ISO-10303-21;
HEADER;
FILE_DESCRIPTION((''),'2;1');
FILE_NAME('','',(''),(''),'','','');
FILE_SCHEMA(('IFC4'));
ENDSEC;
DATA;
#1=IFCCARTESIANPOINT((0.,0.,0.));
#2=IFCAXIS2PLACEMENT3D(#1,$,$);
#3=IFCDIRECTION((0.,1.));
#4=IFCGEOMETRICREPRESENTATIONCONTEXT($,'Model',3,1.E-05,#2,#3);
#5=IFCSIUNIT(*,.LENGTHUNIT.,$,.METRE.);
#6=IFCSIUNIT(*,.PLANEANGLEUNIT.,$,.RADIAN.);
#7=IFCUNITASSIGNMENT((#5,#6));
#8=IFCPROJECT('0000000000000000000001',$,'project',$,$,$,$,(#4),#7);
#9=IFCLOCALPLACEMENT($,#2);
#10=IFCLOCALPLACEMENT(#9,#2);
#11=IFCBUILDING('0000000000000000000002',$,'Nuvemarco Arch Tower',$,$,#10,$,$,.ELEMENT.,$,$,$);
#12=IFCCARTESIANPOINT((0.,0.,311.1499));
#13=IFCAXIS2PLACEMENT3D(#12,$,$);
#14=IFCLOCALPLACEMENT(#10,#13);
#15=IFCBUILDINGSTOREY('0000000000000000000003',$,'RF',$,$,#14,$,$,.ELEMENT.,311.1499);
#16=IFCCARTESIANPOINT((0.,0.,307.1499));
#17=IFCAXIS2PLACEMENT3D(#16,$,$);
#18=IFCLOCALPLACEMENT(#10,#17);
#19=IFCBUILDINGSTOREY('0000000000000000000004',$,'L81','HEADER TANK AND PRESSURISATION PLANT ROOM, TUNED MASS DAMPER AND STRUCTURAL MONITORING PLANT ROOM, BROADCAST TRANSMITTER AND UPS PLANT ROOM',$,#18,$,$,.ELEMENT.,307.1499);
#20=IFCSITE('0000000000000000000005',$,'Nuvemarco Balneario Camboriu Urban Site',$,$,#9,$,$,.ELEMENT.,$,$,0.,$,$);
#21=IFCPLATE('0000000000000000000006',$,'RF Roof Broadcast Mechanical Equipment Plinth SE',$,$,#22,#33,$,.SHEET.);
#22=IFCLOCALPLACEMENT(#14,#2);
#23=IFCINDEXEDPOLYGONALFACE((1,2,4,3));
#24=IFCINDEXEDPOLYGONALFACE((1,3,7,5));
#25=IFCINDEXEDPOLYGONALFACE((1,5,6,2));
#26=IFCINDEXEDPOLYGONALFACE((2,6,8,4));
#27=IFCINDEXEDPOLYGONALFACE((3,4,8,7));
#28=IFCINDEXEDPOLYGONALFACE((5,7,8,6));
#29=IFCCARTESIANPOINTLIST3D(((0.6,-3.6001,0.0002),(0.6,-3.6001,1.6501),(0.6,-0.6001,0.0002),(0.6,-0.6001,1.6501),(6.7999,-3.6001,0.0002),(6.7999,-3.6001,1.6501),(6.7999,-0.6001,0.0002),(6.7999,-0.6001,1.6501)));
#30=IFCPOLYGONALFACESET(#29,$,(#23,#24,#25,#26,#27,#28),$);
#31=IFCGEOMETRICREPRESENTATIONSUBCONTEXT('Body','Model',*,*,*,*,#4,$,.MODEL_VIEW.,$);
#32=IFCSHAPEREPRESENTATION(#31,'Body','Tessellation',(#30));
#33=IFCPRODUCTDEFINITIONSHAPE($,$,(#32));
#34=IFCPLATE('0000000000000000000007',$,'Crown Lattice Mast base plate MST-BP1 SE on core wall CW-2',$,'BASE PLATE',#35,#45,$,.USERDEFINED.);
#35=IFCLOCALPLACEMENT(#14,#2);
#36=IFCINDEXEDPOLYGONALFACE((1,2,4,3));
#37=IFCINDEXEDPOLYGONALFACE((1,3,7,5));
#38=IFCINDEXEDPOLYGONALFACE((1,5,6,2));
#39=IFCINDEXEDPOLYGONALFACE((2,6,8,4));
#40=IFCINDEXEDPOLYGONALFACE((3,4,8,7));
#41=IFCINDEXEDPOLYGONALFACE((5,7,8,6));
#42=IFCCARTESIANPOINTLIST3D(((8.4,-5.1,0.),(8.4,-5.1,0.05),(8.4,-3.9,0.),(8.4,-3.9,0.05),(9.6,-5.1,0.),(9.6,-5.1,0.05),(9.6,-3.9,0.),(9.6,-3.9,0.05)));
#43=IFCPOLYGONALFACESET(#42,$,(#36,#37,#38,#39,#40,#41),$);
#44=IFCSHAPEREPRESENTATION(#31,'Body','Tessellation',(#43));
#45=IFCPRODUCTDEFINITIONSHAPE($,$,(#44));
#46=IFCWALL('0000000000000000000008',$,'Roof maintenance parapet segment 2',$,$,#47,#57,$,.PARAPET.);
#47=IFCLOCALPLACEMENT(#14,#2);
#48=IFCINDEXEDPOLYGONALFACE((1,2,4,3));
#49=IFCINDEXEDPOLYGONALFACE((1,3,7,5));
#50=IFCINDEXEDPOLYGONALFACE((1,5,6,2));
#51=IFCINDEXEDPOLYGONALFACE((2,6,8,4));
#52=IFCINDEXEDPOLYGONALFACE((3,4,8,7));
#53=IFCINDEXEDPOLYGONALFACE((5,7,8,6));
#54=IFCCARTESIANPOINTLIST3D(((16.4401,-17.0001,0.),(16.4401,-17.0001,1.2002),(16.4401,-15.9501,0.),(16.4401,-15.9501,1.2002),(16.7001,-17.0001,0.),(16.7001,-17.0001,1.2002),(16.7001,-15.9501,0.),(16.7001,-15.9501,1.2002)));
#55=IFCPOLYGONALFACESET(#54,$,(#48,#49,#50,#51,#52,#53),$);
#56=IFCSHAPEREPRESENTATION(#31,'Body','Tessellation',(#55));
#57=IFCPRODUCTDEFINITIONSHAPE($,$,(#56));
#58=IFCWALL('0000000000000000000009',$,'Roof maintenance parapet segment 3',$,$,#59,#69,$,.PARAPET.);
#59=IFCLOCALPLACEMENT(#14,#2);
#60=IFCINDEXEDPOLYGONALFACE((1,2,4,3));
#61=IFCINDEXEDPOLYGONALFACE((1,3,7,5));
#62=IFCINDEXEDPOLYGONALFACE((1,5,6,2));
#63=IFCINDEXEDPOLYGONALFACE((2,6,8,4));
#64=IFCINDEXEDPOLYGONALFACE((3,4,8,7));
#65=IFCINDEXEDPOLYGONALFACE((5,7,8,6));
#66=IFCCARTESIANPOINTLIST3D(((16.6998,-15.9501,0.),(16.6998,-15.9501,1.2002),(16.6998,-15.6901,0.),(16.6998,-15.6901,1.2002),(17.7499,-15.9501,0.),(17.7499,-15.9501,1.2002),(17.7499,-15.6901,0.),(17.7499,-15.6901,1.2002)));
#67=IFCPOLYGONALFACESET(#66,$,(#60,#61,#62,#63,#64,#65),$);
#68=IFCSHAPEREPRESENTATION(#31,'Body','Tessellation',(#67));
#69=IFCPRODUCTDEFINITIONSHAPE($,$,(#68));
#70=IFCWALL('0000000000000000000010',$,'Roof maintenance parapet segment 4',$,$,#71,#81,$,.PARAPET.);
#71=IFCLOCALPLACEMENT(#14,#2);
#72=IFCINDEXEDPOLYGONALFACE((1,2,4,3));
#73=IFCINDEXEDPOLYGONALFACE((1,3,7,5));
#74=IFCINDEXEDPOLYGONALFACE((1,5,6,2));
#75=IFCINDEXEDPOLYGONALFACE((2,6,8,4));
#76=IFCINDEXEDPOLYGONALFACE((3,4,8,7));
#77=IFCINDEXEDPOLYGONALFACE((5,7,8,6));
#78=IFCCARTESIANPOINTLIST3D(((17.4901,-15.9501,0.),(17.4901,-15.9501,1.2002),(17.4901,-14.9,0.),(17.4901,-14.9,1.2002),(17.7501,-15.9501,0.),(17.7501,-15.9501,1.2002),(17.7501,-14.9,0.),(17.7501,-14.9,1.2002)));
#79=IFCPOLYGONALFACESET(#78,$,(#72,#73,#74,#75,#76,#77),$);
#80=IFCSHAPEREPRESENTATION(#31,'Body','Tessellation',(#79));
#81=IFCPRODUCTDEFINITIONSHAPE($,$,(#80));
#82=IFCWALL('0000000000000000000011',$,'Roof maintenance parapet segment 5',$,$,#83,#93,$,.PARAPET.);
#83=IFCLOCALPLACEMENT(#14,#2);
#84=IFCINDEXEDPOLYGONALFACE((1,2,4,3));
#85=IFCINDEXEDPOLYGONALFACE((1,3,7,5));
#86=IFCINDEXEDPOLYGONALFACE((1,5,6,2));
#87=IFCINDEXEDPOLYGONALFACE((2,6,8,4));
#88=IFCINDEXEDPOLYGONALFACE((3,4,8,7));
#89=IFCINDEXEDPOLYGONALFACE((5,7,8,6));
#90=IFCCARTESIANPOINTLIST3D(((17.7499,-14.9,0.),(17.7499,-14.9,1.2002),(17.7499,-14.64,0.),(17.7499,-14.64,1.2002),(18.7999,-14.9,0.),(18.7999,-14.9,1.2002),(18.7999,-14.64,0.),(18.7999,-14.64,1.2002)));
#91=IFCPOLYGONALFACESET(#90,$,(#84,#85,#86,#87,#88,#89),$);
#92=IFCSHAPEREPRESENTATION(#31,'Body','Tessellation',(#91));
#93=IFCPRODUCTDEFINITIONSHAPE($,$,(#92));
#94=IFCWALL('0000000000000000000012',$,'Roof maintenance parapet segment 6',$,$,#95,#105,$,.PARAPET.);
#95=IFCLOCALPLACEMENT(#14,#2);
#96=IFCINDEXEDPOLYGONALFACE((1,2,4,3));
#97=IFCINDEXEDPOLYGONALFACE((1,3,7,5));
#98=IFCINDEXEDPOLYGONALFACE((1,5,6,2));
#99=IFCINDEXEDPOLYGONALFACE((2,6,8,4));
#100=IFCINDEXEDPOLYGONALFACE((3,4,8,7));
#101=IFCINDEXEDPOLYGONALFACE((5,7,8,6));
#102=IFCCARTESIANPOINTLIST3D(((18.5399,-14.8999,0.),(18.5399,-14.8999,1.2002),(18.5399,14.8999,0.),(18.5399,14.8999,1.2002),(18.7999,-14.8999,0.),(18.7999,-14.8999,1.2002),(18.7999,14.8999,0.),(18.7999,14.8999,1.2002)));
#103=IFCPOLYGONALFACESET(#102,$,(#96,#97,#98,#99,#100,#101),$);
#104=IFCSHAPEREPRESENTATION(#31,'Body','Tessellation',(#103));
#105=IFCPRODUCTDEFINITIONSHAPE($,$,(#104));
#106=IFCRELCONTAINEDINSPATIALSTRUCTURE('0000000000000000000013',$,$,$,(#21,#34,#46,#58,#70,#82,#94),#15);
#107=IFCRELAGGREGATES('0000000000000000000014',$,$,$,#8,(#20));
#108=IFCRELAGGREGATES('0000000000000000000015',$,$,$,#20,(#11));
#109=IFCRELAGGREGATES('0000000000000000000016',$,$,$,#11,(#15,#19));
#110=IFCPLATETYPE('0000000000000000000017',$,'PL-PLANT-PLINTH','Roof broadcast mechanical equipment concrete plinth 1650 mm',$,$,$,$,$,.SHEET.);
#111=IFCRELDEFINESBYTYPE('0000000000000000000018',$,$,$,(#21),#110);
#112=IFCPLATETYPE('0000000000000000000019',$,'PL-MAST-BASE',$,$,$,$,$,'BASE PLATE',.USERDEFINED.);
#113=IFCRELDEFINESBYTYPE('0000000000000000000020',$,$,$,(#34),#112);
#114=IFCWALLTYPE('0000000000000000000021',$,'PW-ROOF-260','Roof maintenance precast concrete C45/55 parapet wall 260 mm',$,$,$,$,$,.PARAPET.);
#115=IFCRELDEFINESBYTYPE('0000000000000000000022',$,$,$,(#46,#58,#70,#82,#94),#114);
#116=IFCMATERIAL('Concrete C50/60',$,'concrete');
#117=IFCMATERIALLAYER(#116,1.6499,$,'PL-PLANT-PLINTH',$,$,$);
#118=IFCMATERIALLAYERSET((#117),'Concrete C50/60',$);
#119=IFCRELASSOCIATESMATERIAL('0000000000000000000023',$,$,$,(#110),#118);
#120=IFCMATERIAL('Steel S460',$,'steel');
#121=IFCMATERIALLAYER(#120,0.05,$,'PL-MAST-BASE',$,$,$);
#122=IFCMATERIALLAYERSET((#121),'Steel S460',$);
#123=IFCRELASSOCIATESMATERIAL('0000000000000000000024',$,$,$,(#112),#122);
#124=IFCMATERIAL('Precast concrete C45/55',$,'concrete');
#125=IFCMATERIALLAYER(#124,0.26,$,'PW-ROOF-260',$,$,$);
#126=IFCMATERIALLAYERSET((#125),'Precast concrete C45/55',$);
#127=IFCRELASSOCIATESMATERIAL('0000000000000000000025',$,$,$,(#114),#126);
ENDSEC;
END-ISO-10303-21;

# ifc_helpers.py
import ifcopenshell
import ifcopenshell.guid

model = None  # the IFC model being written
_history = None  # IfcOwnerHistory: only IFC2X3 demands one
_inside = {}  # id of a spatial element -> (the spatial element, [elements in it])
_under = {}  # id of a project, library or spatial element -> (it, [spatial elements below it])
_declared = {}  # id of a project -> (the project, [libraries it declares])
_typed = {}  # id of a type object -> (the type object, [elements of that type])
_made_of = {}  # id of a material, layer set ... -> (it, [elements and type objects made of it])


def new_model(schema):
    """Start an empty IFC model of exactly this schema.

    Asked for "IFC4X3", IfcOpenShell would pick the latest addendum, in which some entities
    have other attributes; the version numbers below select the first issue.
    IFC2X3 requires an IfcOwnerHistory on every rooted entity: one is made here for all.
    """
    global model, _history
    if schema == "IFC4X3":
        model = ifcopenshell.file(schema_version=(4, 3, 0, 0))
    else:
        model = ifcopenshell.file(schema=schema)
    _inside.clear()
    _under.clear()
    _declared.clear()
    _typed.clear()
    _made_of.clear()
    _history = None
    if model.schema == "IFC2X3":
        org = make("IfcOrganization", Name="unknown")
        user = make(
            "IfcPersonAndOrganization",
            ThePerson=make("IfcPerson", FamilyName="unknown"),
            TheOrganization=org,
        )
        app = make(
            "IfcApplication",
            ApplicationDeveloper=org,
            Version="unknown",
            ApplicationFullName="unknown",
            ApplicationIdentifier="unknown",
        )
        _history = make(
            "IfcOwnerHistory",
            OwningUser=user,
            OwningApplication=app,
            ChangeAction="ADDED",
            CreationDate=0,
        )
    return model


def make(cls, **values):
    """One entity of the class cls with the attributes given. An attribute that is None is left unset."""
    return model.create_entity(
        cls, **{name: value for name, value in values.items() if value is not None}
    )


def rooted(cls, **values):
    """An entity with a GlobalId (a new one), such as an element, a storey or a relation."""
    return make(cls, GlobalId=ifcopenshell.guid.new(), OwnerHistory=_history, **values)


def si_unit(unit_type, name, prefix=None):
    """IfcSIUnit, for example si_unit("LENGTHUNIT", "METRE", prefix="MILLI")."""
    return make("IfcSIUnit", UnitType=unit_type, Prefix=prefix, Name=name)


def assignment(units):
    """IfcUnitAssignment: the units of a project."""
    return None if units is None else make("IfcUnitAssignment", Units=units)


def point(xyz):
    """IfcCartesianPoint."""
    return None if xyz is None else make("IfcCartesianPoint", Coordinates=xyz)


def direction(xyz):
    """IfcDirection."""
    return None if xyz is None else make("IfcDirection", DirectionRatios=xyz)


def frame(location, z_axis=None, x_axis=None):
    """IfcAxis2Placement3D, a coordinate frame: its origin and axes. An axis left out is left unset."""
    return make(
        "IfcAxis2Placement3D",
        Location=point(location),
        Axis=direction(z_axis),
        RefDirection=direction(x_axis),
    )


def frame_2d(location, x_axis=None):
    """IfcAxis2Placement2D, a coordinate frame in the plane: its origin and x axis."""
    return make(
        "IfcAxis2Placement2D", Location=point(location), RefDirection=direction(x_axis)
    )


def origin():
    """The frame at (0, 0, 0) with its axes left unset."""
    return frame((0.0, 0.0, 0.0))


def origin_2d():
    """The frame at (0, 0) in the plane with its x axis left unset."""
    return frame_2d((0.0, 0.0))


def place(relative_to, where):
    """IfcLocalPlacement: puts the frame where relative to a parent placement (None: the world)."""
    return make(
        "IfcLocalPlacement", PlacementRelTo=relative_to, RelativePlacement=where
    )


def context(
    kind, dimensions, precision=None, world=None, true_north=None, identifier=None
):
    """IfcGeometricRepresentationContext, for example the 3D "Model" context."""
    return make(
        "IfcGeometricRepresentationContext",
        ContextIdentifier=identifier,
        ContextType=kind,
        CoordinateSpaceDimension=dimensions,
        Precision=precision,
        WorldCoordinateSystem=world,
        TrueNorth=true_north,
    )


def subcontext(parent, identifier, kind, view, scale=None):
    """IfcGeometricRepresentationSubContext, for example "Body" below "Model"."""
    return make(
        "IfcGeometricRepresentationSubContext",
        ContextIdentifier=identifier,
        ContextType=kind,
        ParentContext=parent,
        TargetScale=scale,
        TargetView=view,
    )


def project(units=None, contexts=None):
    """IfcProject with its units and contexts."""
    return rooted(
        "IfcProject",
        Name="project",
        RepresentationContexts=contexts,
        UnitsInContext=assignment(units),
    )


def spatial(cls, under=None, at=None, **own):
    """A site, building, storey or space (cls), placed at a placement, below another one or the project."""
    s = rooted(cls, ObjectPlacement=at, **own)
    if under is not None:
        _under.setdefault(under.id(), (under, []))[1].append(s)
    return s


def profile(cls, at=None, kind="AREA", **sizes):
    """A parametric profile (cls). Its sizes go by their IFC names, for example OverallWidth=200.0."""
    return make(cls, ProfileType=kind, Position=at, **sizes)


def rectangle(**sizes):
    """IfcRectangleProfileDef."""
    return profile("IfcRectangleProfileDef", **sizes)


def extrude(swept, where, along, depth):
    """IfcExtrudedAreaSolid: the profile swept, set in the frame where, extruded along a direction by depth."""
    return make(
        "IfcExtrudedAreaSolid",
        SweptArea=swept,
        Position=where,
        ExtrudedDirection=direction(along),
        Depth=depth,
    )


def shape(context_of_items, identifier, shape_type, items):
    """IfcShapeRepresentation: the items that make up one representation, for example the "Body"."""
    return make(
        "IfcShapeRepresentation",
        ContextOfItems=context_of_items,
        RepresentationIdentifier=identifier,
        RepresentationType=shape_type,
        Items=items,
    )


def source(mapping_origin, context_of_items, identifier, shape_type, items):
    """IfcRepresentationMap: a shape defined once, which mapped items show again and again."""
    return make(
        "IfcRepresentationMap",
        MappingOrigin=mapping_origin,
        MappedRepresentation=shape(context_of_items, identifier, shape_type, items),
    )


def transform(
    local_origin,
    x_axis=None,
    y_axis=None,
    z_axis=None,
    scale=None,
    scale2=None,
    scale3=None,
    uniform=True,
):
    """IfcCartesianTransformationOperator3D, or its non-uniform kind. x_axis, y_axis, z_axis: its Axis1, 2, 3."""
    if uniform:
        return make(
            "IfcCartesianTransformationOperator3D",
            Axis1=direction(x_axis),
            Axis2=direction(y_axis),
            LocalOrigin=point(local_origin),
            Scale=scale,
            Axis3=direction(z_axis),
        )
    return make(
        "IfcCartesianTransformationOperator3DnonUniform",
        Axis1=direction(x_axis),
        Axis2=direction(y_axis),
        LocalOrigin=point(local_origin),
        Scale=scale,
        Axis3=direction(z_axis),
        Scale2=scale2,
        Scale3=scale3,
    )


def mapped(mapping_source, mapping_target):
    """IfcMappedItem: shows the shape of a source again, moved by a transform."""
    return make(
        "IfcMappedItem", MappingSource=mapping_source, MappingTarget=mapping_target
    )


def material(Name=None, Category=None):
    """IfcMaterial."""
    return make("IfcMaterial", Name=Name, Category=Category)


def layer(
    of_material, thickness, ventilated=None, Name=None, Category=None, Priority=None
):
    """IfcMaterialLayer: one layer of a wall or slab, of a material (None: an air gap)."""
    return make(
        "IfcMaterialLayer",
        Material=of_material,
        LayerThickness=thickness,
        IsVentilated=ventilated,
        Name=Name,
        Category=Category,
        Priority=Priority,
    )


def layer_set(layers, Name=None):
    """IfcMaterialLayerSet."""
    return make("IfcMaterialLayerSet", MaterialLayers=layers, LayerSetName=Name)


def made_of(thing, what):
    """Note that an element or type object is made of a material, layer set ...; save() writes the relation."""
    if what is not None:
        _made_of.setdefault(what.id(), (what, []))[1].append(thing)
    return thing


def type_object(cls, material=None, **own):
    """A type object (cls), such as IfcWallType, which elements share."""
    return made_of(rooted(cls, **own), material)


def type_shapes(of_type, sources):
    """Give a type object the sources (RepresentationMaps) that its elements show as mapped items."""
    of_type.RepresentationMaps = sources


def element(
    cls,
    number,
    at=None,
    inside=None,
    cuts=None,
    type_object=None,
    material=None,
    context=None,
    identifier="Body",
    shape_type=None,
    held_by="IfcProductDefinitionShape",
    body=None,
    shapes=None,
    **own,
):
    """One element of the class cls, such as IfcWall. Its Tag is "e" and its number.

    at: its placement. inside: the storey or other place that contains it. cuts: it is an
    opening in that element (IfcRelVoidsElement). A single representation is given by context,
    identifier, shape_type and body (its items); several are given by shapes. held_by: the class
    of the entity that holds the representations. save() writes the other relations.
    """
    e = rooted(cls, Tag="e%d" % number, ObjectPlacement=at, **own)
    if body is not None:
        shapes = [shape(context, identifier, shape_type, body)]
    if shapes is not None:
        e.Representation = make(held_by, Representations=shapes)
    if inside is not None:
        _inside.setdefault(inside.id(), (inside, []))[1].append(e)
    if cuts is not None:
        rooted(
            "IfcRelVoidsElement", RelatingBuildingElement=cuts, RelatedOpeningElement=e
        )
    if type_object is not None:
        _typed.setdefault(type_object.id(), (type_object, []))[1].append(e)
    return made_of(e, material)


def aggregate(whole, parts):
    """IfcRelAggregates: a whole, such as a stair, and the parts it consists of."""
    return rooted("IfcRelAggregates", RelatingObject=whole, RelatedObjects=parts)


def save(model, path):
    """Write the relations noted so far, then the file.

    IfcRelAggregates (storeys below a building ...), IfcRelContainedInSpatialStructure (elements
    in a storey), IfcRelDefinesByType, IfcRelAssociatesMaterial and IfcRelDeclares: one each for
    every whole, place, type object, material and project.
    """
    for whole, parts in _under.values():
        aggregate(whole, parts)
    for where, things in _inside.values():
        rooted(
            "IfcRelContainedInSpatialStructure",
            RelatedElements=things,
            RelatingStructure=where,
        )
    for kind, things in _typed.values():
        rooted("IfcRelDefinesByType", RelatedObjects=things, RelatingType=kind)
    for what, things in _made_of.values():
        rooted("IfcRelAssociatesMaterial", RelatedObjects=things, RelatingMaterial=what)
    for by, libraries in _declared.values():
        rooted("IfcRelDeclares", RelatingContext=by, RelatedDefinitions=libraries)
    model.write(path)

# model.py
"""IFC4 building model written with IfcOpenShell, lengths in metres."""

from ifc_helpers import new_model, si_unit, direction, frame, frame_2d, origin, origin_2d, place, context, subcontext, project, spatial, rectangle, extrude, source, transform, mapped, material, layer, layer_set, type_object, type_shapes, element, save


model = new_model("IFC4")

# Units and contexts
model_context = context("Model", 3, precision=1e-05, world=origin(), true_north=direction((0.0, 1.0)))
body_context = subcontext(model_context, "Body", "Model", "MODEL_VIEW")
ifc_project = project(units=[si_unit("LENGTHUNIT", "METRE"), si_unit("PLANEANGLEUNIT", "RADIAN")], contexts=[model_context])

# Site, building, storey
site_placement = place(None, origin())
site = spatial("IfcSite", under=ifc_project, at=site_placement, Name="Nuvemarco Balneario Camboriu Urban Site", CompositionType="ELEMENT", RefElevation=0.0)
building_placement = place(site_placement, origin())
building = spatial("IfcBuilding", under=site, at=building_placement, Name="Nuvemarco Arch Tower", CompositionType="ELEMENT")
storey_1_placement = place(building_placement, frame((0.0, 0.0, 311.1499)))
storey_1 = spatial("IfcBuildingStorey", under=building, at=storey_1_placement, Name="RF", CompositionType="ELEMENT", Elevation=311.1499)

# Shared definitions
ifc_material_1 = material(Name="Concrete C50/60", Category="concrete")

# Shared definitions
storey_2_placement = place(building_placement, frame((0.0, 0.0, 307.1499)))
storey_2 = spatial("IfcBuildingStorey", under=building, at=storey_2_placement, Name="L81", Description="HEADER TANK AND PRESSURISATION PLANT ROOM, TUNED MASS DAMPER AND STRUCTURAL MONITORING PLANT ROOM, BROADCAST TRANSMITTER AND UPS PLANT ROOM", CompositionType="ELEMENT", Elevation=307.1499)

# Plates
ifc_layer_1 = layer(ifc_material_1, 1.6499, Name="PL-PLANT-PLINTH")
ifc_layer_set_1 = layer_set([ifc_layer_1], Name="Concrete C50/60")
plate_type_1 = type_object("IfcPlateType", Name="PL-PLANT-PLINTH", Description="Roof broadcast mechanical equipment concrete plinth 1650 mm", PredefinedType="SHEET", material=ifc_layer_set_1)
shared_shape_1 = source(origin(), body_context, "Body", "SweptSolid", [
    extrude(rectangle(XDim=6.2, YDim=3.0, at=origin_2d()), origin(), (0.0, 0.0, 1.0), 1.6499),
])
type_shapes(plate_type_1, [shared_shape_1])
plate_1_placement = place(storey_1_placement, frame((3.7, -2.1001, 0.0002), z_axis=(0.0, 0.0, 1.0), x_axis=(1.0, 0.0, 0.0)))
element("IfcPlate", 1, at=plate_1_placement, inside=storey_1, type_object=plate_type_1, Name="RF Roof Broadcast Mechanical Equipment Plinth SE", PredefinedType="SHEET", context=body_context, shape_type="MappedRepresentation", body=[
    mapped(shared_shape_1, transform((0.0, 0.0, 0.0), scale=1.0)),
])
ifc_material_2 = material(Name="Steel S460", Category="steel")
ifc_layer_2 = layer(ifc_material_2, 0.05, Name="PL-MAST-BASE")
ifc_layer_set_2 = layer_set([ifc_layer_2], Name="Steel S460")
plate_type_2 = type_object("IfcPlateType", Name="PL-MAST-BASE", ElementType="BASE PLATE", PredefinedType="USERDEFINED", material=ifc_layer_set_2)
shared_shape_2 = source(origin(), body_context, "Body", "SweptSolid", [
    extrude(rectangle(XDim=1.2, YDim=1.2, at=origin_2d()), origin(), (0.0, 0.0, 1.0), 0.05),
])
type_shapes(plate_type_2, [shared_shape_2])
plate_2_placement = place(storey_1_placement, frame((9.0, -4.5, 0.0), z_axis=(0.0, 0.0, 1.0), x_axis=(1.0, 0.0, 0.0)))
element("IfcPlate", 2, at=plate_2_placement, inside=storey_1, type_object=plate_type_2, Name="Crown Lattice Mast base plate MST-BP1 SE on core wall CW-2", ObjectType="BASE PLATE", PredefinedType="USERDEFINED", context=body_context, shape_type="MappedRepresentation", body=[
    mapped(shared_shape_2, transform((0.0, 0.0, 0.0), scale=1.0)),
])

# Walls
ifc_material_3 = material(Name="Precast concrete C45/55", Category="concrete")
ifc_layer_3 = layer(ifc_material_3, 0.26, Name="PW-ROOF-260")
ifc_layer_set_3 = layer_set([ifc_layer_3], Name="Precast concrete C45/55")
wall_type = type_object("IfcWallType", Name="PW-ROOF-260", Description="Roof maintenance precast concrete C45/55 parapet wall 260 mm", PredefinedType="PARAPET", material=ifc_layer_set_3)
for number, where, z_axis, x_axis, name in (
    (3, (16.5701, -17.0, 0.0), (0.0, 0.0, 1.0), (0.0, 1.0, 0.0), "Roof maintenance parapet segment 2"),
    (4, (16.7, -15.8201, 0.0), (0.0, 0.0, 1.0), (1.0, 0.0, 0.0), "Roof maintenance parapet segment 3"),
    (5, (17.6201, -15.95, 0.0), (0.0, 0.0, 1.0), (0.0, 1.0, 0.0), "Roof maintenance parapet segment 4"),
    (6, (17.75, -14.77, 0.0), (0.0, 0.0, 1.0), (1.0, 0.0, 0.0), "Roof maintenance parapet segment 5"),
):
    element("IfcWall", number, at=place(storey_1_placement, frame(where, z_axis=z_axis, x_axis=x_axis)), inside=storey_1, type_object=wall_type, Name=name, PredefinedType="PARAPET", context=body_context, shape_type="SweptSolid", body=[
        extrude(rectangle(XDim=1.05, YDim=0.26, at=frame_2d((0.5249, 0.0))), origin(), (0.0, 0.0, 1.0), 1.2002),
    ])
wall_placement = place(storey_1_placement, frame((18.6699, -14.8999, 0.0), z_axis=(0.0, 0.0, 1.0), x_axis=(0.0, 1.0, 0.0)))
element("IfcWall", 7, at=wall_placement, inside=storey_1, type_object=wall_type, Name="Roof maintenance parapet segment 6", PredefinedType="PARAPET", context=body_context, shape_type="SweptSolid", body=[
    extrude(rectangle(XDim=29.7998, YDim=0.26, at=frame_2d((14.8999, 0.0))), origin(), (0.0, 0.0, 1.0), 1.2002),
])

save(model, "model.ifc")
